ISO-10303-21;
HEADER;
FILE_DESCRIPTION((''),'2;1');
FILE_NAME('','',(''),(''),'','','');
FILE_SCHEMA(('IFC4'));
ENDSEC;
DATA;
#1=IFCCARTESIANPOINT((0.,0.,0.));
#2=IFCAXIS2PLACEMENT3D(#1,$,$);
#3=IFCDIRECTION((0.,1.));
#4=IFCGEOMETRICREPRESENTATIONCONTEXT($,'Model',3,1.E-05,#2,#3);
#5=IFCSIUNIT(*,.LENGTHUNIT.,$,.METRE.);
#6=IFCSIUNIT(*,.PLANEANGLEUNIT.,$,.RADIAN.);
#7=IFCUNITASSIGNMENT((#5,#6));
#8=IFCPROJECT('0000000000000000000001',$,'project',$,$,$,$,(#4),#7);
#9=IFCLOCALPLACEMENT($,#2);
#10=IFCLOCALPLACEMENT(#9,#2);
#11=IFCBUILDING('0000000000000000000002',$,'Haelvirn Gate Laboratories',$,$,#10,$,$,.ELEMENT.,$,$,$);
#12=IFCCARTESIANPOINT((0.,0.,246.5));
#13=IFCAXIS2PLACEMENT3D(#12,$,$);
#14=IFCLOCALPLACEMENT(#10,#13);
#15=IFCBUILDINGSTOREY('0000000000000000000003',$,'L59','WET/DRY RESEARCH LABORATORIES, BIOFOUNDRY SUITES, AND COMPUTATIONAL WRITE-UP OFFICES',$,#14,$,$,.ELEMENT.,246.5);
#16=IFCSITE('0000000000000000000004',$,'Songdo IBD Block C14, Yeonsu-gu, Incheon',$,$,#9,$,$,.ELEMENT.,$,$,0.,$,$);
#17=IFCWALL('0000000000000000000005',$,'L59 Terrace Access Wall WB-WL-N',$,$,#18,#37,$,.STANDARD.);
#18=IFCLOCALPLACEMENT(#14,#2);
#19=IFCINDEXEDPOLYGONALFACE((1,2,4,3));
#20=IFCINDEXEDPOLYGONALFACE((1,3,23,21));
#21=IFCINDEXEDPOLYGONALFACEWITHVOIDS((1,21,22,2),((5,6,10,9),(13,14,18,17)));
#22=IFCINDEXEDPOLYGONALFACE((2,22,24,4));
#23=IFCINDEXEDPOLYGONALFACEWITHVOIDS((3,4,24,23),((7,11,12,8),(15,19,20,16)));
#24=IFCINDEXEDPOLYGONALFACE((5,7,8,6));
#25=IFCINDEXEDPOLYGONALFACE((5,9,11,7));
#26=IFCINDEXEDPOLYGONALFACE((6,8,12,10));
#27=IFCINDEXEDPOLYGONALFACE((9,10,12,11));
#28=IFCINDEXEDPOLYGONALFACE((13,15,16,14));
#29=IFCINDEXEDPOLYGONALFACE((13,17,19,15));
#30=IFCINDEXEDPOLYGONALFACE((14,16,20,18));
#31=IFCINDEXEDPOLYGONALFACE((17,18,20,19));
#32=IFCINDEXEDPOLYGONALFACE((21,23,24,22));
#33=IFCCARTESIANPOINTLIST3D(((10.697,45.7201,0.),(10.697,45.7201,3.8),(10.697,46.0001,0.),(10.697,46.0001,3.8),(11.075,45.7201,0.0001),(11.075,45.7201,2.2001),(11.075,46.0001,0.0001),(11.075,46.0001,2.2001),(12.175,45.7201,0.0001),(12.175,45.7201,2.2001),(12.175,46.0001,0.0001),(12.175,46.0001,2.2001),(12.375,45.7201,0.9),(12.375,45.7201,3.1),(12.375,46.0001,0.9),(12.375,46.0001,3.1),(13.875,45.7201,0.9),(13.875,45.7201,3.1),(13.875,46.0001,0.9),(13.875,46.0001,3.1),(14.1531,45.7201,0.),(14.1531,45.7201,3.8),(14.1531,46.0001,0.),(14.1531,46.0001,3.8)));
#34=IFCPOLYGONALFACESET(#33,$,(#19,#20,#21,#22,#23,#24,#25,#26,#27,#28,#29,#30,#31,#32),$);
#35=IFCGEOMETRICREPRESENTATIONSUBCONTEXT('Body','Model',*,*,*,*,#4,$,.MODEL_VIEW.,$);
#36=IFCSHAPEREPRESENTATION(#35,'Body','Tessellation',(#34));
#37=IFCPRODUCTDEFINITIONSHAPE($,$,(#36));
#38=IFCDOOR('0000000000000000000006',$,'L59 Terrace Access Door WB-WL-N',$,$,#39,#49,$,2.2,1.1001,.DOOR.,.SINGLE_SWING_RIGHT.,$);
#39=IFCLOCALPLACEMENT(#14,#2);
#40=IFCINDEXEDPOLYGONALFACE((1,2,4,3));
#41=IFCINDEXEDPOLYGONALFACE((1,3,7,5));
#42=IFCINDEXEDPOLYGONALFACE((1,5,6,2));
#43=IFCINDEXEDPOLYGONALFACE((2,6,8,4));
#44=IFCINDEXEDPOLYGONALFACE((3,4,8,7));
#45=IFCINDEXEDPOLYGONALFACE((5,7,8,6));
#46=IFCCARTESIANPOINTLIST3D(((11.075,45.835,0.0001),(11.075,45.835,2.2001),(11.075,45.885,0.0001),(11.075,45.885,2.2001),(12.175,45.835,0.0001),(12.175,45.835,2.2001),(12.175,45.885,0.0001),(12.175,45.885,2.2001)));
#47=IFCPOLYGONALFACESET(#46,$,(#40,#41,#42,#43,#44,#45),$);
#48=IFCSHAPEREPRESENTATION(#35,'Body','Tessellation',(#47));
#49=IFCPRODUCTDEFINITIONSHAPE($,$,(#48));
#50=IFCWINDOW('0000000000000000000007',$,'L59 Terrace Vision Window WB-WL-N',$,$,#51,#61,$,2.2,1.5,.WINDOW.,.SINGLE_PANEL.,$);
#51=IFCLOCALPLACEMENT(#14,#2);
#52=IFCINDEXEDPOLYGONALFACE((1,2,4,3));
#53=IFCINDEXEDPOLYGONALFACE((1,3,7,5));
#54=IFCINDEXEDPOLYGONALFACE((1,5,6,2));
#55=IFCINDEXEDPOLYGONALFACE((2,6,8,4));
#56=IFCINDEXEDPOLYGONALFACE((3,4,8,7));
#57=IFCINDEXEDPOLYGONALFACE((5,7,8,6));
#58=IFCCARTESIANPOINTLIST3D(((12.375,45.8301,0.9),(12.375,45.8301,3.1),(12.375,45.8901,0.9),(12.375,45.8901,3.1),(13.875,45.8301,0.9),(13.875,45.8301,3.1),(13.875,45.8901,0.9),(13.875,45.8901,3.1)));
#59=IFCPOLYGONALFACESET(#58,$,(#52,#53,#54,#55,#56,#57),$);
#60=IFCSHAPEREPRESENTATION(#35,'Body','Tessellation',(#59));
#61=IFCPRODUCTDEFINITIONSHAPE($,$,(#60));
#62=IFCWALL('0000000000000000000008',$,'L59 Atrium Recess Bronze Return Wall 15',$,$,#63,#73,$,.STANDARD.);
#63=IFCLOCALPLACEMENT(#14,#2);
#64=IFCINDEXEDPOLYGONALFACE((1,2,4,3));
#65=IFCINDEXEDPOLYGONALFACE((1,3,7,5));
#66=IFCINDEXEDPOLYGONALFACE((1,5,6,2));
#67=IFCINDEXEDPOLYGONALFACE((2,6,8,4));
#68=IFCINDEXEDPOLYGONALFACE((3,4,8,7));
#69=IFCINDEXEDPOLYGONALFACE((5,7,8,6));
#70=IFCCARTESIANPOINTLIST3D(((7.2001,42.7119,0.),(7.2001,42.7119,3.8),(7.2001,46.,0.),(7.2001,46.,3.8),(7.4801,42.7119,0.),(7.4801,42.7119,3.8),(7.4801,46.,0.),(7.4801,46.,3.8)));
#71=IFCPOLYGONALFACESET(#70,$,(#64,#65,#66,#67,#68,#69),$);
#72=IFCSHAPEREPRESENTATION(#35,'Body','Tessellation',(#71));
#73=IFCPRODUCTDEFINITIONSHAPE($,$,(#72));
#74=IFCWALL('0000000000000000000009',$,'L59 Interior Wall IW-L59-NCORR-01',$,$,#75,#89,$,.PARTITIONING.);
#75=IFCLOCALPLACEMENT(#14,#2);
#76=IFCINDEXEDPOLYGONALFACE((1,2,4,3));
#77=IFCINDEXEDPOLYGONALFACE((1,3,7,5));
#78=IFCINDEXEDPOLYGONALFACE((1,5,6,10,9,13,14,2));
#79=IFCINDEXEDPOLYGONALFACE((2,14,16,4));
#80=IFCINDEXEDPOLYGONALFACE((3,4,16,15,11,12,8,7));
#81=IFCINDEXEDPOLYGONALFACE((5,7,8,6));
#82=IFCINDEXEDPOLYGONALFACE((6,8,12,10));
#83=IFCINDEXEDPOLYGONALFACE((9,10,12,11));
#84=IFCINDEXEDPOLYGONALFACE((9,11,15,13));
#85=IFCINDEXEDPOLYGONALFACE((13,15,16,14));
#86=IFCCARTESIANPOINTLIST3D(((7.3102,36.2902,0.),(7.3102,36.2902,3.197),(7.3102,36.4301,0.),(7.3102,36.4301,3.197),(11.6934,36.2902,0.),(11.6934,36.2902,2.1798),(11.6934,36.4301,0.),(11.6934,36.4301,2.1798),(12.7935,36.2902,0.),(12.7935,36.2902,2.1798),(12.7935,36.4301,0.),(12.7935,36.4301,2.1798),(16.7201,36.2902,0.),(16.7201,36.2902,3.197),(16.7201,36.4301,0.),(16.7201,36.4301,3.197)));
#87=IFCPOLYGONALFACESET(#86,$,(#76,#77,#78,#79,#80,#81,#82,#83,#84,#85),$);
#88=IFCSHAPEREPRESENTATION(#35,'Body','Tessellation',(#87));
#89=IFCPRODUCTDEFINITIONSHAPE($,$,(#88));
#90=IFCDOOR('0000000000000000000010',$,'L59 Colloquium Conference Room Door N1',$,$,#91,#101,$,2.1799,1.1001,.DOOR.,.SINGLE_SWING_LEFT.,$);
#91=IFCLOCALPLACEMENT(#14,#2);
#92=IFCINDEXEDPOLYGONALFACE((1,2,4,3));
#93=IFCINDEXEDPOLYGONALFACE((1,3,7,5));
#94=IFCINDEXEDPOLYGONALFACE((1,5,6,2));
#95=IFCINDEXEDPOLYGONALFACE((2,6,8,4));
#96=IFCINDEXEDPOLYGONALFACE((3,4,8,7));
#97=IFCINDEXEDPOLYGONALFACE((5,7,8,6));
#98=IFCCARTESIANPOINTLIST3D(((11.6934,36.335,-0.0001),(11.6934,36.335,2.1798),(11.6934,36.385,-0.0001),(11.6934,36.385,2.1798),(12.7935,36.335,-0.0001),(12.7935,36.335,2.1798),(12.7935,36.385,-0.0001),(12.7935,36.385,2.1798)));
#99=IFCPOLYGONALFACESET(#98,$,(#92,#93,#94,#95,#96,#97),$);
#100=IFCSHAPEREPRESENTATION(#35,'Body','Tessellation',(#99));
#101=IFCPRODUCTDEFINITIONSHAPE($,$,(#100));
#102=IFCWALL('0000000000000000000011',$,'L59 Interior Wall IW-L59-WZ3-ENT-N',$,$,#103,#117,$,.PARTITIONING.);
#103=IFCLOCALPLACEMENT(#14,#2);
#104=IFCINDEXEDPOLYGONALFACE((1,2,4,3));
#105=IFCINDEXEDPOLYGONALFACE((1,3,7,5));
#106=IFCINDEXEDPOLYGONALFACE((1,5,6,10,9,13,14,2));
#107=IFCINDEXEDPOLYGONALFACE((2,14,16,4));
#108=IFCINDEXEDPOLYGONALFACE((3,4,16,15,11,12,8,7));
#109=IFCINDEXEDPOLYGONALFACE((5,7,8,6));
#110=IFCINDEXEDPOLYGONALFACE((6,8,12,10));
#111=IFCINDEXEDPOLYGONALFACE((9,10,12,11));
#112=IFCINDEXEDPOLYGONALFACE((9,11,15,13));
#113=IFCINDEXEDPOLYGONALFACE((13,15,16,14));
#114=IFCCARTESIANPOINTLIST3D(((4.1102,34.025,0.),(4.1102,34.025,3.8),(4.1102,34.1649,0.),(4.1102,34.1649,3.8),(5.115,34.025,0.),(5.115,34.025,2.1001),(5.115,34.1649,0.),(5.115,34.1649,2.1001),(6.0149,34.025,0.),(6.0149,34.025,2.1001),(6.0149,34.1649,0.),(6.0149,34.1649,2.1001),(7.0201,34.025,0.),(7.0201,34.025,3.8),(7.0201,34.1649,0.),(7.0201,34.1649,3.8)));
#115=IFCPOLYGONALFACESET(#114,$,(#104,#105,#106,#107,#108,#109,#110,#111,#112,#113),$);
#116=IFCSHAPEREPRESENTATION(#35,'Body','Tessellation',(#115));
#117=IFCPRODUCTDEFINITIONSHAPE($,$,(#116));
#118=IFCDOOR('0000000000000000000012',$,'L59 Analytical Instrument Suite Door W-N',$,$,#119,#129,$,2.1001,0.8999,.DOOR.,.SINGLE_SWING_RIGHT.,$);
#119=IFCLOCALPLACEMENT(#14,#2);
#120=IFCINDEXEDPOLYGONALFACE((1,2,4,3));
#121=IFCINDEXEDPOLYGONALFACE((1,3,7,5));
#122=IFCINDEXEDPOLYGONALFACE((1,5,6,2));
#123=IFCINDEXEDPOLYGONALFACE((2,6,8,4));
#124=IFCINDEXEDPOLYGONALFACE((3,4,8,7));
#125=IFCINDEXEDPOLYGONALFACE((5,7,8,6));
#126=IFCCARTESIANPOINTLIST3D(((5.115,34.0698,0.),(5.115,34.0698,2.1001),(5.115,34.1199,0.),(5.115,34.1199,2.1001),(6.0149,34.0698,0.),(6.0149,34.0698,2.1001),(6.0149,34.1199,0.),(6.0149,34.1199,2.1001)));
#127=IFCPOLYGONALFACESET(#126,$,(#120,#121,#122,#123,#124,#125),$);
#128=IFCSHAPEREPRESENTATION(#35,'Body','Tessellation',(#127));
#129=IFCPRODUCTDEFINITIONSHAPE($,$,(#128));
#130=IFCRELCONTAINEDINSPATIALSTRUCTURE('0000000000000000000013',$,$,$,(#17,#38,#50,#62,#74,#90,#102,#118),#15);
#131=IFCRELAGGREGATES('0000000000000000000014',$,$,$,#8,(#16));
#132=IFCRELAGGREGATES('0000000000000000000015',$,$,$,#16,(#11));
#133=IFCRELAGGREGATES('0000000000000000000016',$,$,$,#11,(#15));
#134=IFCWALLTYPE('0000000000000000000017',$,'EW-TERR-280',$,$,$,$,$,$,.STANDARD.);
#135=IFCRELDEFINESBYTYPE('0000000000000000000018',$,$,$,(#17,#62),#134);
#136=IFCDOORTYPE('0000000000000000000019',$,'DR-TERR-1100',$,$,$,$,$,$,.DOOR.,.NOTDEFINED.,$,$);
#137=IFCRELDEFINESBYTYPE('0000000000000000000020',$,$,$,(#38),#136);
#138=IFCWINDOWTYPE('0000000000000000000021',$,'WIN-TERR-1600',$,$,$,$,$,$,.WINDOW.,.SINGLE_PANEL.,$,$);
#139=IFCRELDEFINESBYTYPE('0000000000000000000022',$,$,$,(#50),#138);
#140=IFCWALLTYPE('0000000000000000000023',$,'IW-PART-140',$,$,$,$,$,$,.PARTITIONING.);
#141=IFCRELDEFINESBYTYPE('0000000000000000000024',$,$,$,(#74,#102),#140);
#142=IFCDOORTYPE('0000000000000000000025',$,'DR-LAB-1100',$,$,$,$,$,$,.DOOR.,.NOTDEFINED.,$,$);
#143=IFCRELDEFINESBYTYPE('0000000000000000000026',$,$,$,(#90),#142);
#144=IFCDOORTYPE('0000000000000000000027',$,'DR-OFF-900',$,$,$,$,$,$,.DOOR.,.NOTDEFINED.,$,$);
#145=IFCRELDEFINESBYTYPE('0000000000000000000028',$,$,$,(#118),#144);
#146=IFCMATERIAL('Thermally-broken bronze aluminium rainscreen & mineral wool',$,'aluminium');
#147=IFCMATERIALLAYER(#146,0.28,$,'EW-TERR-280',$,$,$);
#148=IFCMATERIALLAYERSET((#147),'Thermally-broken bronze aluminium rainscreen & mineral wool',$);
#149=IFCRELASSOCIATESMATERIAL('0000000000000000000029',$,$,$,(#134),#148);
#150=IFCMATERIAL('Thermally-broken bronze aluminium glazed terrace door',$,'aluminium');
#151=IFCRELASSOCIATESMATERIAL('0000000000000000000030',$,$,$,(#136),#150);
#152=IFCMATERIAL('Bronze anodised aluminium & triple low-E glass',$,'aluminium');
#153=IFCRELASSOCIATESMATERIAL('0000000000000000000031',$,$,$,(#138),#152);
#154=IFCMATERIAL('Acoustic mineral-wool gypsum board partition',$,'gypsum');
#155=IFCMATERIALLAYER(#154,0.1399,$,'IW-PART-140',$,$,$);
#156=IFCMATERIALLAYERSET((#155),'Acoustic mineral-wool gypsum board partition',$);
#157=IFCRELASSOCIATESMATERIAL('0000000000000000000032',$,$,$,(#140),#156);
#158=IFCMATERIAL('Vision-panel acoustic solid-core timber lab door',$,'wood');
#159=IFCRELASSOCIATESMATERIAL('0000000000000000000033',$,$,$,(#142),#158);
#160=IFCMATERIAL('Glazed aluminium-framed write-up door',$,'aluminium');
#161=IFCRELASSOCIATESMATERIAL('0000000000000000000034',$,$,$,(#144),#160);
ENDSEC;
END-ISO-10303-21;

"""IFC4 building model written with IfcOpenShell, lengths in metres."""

from ifc_helpers import new_model, si_unit, direction, frame, frame_2d, origin, place, context, subcontext, project, spatial, rectangle, extrude, source, transform, mapped, material, layer, layer_set, type_object, type_shapes, element, fill, save


model = new_model("IFC4")

# Units and contexts
model_context = context("Model", 3, precision=1e-05, world=origin(), true_north=direction((0.0, 1.0)))
body_context = subcontext(model_context, "Body", "Model", "MODEL_VIEW")
ifc_project = project(units=[si_unit("LENGTHUNIT", "METRE"), si_unit("PLANEANGLEUNIT", "RADIAN")], contexts=[model_context])

# Site, building, storey
site_placement = place(None, origin())
site = spatial("IfcSite", under=ifc_project, at=site_placement, Name="Songdo IBD Block C14, Yeonsu-gu, Incheon", CompositionType="ELEMENT", RefElevation=0.0)
building_placement = place(site_placement, origin())
building = spatial("IfcBuilding", under=site, at=building_placement, Name="Haelvirn Gate Laboratories", CompositionType="ELEMENT")
storey_placement = place(building_placement, frame((0.0, 0.0, 246.5)))
storey = spatial("IfcBuildingStorey", under=building, at=storey_placement, Name="L59", Description="WET/DRY RESEARCH LABORATORIES, BIOFOUNDRY SUITES, AND COMPUTATIONAL WRITE-UP OFFICES", CompositionType="ELEMENT", Elevation=246.5)

# Wall, openings, door, window
ifc_material_1 = material(Name="Thermally-broken bronze aluminium rainscreen & mineral wool", Category="aluminium")
ifc_layer_1 = layer(ifc_material_1, 0.28, Name="EW-TERR-280")
ifc_layer_set_1 = layer_set([ifc_layer_1], Name="Thermally-broken bronze aluminium rainscreen & mineral wool")
wall_type_1 = type_object("IfcWallType", Name="EW-TERR-280", PredefinedType="STANDARD", material=ifc_layer_set_1)
wall_1_placement = place(storey_placement, frame((10.697, 45.8601, 0.0), z_axis=(0.0, 0.0, 1.0), x_axis=(1.0, 0.0, 0.0)))
wall_1 = element("IfcWall", 1, at=wall_1_placement, inside=storey, type_object=wall_type_1, Name="L59 Terrace Access Wall WB-WL-N", PredefinedType="STANDARD", context=body_context, shape_type="SweptSolid", body=[
    extrude(rectangle(XDim=3.4561, YDim=0.28, at=frame_2d((1.728, 0.0))), origin(), (0.0, 0.0, 1.0), 3.8),
])
opening_1_placement = place(wall_1_placement, frame((0.3779, 0.0, 0.0)))
opening_1 = element("IfcOpeningElement", 2, at=opening_1_placement, cuts=wall_1, PredefinedType="OPENING", context=body_context, shape_type="SweptSolid", body=[
    extrude(rectangle(XDim=1.1001, YDim=2.2, at=frame_2d((0.55, 1.1001))), frame((0.0, 0.1499, 0.0), z_axis=(0.0, -1.0, 0.0), x_axis=(1.0, 0.0, 0.0)), (0.0, 0.0, 1.0), 0.3),
])
opening_2_placement = place(wall_1_placement, frame((1.678, 0.0, 0.8999)))
opening_2 = element("IfcOpeningElement", 3, at=opening_2_placement, cuts=wall_1, PredefinedType="OPENING", context=body_context, shape_type="SweptSolid", body=[
    extrude(rectangle(XDim=1.5, YDim=2.2, at=frame_2d((0.75, 1.1001))), frame((0.0, 0.1499, 0.0), z_axis=(0.0, -1.0, 0.0), x_axis=(1.0, 0.0, 0.0)), (0.0, 0.0, 1.0), 0.3),
])
ifc_material_2 = material(Name="Thermally-broken bronze aluminium glazed terrace door", Category="aluminium")
door_type_1 = type_object("IfcDoorType", Name="DR-TERR-1100", OperationType="NOTDEFINED", PredefinedType="DOOR", material=ifc_material_2)
shared_shape_1 = source(origin(), body_context, "Body", "SweptSolid", [
    extrude(rectangle(XDim=1.1001, YDim=2.2, at=frame_2d((0.55, 1.1001))), frame((0.0, 0.0249, 0.0), z_axis=(0.0, -1.0, 0.0), x_axis=(1.0, 0.0, 0.0)), (0.0, 0.0, 1.0), 0.05),
])
type_shapes(door_type_1, [shared_shape_1])
door_1_placement = place(opening_1_placement, origin())
door_1 = element("IfcDoor", 4, at=door_1_placement, inside=storey, type_object=door_type_1, Name="L59 Terrace Access Door WB-WL-N", OperationType="SINGLE_SWING_RIGHT", OverallHeight=2.2, OverallWidth=1.1001, PredefinedType="DOOR", context=body_context, shape_type="MappedRepresentation", body=[
    mapped(shared_shape_1, transform((0.0, 0.0, 0.0), scale=1.0)),
])
fill(opening_1, door_1)
ifc_material_3 = material(Name="Bronze anodised aluminium & triple low-E glass", Category="aluminium")
window_type = type_object("IfcWindowType", Name="WIN-TERR-1600", PartitioningType="SINGLE_PANEL", PredefinedType="WINDOW", material=ifc_material_3)
shared_shape_2 = source(origin(), body_context, "Body", "SweptSolid", [
    extrude(rectangle(XDim=1.5, YDim=2.2, at=frame_2d((0.75, 1.1001))), frame((0.0, 0.03, 0.0), z_axis=(0.0, -1.0, 0.0), x_axis=(1.0, 0.0, 0.0)), (0.0, 0.0, 1.0), 0.0601),
])
type_shapes(window_type, [shared_shape_2])
window_placement = place(opening_2_placement, origin())
window = element("IfcWindow", 5, at=window_placement, inside=storey, type_object=window_type, Name="L59 Terrace Vision Window WB-WL-N", OverallHeight=2.2, OverallWidth=1.5, PartitioningType="SINGLE_PANEL", PredefinedType="WINDOW", context=body_context, shape_type="MappedRepresentation", body=[
    mapped(shared_shape_2, transform((0.0, 0.0, 0.0), scale=1.0)),
])
fill(opening_2, window)

# Wall
wall_2_placement = place(storey_placement, frame((7.3401, 46.0, 0.0), z_axis=(0.0, 0.0, 1.0), x_axis=(0.0, -1.0, 0.0)))
element("IfcWall", 6, at=wall_2_placement, inside=storey, type_object=wall_type_1, Name="L59 Atrium Recess Bronze Return Wall 15", PredefinedType="STANDARD", context=body_context, shape_type="SweptSolid", body=[
    extrude(rectangle(XDim=3.2881, YDim=0.28, at=frame_2d((1.644, 0.0))), origin(), (0.0, 0.0, 1.0), 3.8),
])

# Walls, openings, doors
ifc_material_4 = material(Name="Acoustic mineral-wool gypsum board partition", Category="gypsum")
ifc_layer_2 = layer(ifc_material_4, 0.1399, Name="IW-PART-140")
ifc_layer_set_2 = layer_set([ifc_layer_2], Name="Acoustic mineral-wool gypsum board partition")
wall_type_2 = type_object("IfcWallType", Name="IW-PART-140", PredefinedType="PARTITIONING", material=ifc_layer_set_2)
wall_3_placement = place(storey_placement, frame((7.3101, 36.3601, 0.0), z_axis=(0.0, 0.0, 1.0), x_axis=(1.0, 0.0, 0.0)))
wall_3 = element("IfcWall", 7, at=wall_3_placement, inside=storey, type_object=wall_type_2, Name="L59 Interior Wall IW-L59-NCORR-01", PredefinedType="PARTITIONING", context=body_context, shape_type="SweptSolid", body=[
    extrude(rectangle(XDim=9.4099, YDim=0.1399, at=frame_2d((4.7051, 0.0))), origin(), (0.0, 0.0, 1.0), 3.197),
])
opening_3_placement = place(wall_3_placement, frame((4.3833, 0.0, 0.0)))
opening_3 = element("IfcOpeningElement", 8, at=opening_3_placement, cuts=wall_3, PredefinedType="OPENING", context=body_context, shape_type="SweptSolid", body=[
    extrude(rectangle(XDim=1.1001, YDim=2.1799, at=frame_2d((0.55, 1.0898))), frame((0.0, 0.0801, 0.0), z_axis=(0.0, -1.0, 0.0), x_axis=(1.0, 0.0, 0.0)), (0.0, 0.0, 1.0), 0.1599),
])
ifc_material_5 = material(Name="Vision-panel acoustic solid-core timber lab door", Category="wood")
door_type_2 = type_object("IfcDoorType", Name="DR-LAB-1100", OperationType="NOTDEFINED", PredefinedType="DOOR", material=ifc_material_5)
shared_shape_3 = source(origin(), body_context, "Body", "SweptSolid", [
    extrude(rectangle(XDim=1.1001, YDim=2.1799, at=frame_2d((0.55, 1.0898))), frame((0.0, 0.0249, 0.0), z_axis=(0.0, -1.0, 0.0), x_axis=(1.0, 0.0, 0.0)), (0.0, 0.0, 1.0), 0.05),
])
type_shapes(door_type_2, [shared_shape_3])
door_2_placement = place(opening_3_placement, origin())
door_2 = element("IfcDoor", 9, at=door_2_placement, inside=storey, type_object=door_type_2, Name="L59 Colloquium Conference Room Door N1", OperationType="SINGLE_SWING_LEFT", OverallHeight=2.1799, OverallWidth=1.1001, PredefinedType="DOOR", context=body_context, shape_type="MappedRepresentation", body=[
    mapped(shared_shape_3, transform((0.0, 0.0, 0.0), scale=1.0)),
])
fill(opening_3, door_2)
wall_4_placement = place(storey_placement, frame((4.1101, 34.095, 0.0), z_axis=(0.0, 0.0, 1.0), x_axis=(1.0, 0.0, 0.0)))
wall_4 = element("IfcWall", 10, at=wall_4_placement, inside=storey, type_object=wall_type_2, Name="L59 Interior Wall IW-L59-WZ3-ENT-N", PredefinedType="PARTITIONING", context=body_context, shape_type="SweptSolid", body=[
    extrude(rectangle(XDim=2.9099, YDim=0.1399, at=frame_2d((1.4551, 0.0))), origin(), (0.0, 0.0, 1.0), 3.8),
])
opening_4_placement = place(wall_4_placement, frame((1.0049, 0.0, 0.0)))
opening_4 = element("IfcOpeningElement", 11, at=opening_4_placement, cuts=wall_4, PredefinedType="OPENING", context=body_context, shape_type="SweptSolid", body=[
    extrude(rectangle(XDim=0.8999, YDim=2.1001, at=frame_2d((0.45, 1.05))), frame((0.0, 0.0801, 0.0), z_axis=(0.0, -1.0, 0.0), x_axis=(1.0, 0.0, 0.0)), (0.0, 0.0, 1.0), 0.1599),
])
ifc_material_6 = material(Name="Glazed aluminium-framed write-up door", Category="aluminium")
door_type_3 = type_object("IfcDoorType", Name="DR-OFF-900", OperationType="NOTDEFINED", PredefinedType="DOOR", material=ifc_material_6)
shared_shape_4 = source(origin(), body_context, "Body", "SweptSolid", [
    extrude(rectangle(XDim=0.8999, YDim=2.1001, at=frame_2d((0.45, 1.05))), frame((0.0, 0.0249, 0.0), z_axis=(0.0, -1.0, 0.0), x_axis=(1.0, 0.0, 0.0)), (0.0, 0.0, 1.0), 0.05),
])
type_shapes(door_type_3, [shared_shape_4])
door_3_placement = place(opening_4_placement, origin())
door_3 = element("IfcDoor", 12, at=door_3_placement, inside=storey, type_object=door_type_3, Name="L59 Analytical Instrument Suite Door W-N", OperationType="SINGLE_SWING_RIGHT", OverallHeight=2.1001, OverallWidth=0.8999, PredefinedType="DOOR", context=body_context, shape_type="MappedRepresentation", body=[
    mapped(shared_shape_4, transform((0.0, 0.0, 0.0), scale=1.0)),
])
fill(opening_4, door_3)

save(model, "model.ifc")
